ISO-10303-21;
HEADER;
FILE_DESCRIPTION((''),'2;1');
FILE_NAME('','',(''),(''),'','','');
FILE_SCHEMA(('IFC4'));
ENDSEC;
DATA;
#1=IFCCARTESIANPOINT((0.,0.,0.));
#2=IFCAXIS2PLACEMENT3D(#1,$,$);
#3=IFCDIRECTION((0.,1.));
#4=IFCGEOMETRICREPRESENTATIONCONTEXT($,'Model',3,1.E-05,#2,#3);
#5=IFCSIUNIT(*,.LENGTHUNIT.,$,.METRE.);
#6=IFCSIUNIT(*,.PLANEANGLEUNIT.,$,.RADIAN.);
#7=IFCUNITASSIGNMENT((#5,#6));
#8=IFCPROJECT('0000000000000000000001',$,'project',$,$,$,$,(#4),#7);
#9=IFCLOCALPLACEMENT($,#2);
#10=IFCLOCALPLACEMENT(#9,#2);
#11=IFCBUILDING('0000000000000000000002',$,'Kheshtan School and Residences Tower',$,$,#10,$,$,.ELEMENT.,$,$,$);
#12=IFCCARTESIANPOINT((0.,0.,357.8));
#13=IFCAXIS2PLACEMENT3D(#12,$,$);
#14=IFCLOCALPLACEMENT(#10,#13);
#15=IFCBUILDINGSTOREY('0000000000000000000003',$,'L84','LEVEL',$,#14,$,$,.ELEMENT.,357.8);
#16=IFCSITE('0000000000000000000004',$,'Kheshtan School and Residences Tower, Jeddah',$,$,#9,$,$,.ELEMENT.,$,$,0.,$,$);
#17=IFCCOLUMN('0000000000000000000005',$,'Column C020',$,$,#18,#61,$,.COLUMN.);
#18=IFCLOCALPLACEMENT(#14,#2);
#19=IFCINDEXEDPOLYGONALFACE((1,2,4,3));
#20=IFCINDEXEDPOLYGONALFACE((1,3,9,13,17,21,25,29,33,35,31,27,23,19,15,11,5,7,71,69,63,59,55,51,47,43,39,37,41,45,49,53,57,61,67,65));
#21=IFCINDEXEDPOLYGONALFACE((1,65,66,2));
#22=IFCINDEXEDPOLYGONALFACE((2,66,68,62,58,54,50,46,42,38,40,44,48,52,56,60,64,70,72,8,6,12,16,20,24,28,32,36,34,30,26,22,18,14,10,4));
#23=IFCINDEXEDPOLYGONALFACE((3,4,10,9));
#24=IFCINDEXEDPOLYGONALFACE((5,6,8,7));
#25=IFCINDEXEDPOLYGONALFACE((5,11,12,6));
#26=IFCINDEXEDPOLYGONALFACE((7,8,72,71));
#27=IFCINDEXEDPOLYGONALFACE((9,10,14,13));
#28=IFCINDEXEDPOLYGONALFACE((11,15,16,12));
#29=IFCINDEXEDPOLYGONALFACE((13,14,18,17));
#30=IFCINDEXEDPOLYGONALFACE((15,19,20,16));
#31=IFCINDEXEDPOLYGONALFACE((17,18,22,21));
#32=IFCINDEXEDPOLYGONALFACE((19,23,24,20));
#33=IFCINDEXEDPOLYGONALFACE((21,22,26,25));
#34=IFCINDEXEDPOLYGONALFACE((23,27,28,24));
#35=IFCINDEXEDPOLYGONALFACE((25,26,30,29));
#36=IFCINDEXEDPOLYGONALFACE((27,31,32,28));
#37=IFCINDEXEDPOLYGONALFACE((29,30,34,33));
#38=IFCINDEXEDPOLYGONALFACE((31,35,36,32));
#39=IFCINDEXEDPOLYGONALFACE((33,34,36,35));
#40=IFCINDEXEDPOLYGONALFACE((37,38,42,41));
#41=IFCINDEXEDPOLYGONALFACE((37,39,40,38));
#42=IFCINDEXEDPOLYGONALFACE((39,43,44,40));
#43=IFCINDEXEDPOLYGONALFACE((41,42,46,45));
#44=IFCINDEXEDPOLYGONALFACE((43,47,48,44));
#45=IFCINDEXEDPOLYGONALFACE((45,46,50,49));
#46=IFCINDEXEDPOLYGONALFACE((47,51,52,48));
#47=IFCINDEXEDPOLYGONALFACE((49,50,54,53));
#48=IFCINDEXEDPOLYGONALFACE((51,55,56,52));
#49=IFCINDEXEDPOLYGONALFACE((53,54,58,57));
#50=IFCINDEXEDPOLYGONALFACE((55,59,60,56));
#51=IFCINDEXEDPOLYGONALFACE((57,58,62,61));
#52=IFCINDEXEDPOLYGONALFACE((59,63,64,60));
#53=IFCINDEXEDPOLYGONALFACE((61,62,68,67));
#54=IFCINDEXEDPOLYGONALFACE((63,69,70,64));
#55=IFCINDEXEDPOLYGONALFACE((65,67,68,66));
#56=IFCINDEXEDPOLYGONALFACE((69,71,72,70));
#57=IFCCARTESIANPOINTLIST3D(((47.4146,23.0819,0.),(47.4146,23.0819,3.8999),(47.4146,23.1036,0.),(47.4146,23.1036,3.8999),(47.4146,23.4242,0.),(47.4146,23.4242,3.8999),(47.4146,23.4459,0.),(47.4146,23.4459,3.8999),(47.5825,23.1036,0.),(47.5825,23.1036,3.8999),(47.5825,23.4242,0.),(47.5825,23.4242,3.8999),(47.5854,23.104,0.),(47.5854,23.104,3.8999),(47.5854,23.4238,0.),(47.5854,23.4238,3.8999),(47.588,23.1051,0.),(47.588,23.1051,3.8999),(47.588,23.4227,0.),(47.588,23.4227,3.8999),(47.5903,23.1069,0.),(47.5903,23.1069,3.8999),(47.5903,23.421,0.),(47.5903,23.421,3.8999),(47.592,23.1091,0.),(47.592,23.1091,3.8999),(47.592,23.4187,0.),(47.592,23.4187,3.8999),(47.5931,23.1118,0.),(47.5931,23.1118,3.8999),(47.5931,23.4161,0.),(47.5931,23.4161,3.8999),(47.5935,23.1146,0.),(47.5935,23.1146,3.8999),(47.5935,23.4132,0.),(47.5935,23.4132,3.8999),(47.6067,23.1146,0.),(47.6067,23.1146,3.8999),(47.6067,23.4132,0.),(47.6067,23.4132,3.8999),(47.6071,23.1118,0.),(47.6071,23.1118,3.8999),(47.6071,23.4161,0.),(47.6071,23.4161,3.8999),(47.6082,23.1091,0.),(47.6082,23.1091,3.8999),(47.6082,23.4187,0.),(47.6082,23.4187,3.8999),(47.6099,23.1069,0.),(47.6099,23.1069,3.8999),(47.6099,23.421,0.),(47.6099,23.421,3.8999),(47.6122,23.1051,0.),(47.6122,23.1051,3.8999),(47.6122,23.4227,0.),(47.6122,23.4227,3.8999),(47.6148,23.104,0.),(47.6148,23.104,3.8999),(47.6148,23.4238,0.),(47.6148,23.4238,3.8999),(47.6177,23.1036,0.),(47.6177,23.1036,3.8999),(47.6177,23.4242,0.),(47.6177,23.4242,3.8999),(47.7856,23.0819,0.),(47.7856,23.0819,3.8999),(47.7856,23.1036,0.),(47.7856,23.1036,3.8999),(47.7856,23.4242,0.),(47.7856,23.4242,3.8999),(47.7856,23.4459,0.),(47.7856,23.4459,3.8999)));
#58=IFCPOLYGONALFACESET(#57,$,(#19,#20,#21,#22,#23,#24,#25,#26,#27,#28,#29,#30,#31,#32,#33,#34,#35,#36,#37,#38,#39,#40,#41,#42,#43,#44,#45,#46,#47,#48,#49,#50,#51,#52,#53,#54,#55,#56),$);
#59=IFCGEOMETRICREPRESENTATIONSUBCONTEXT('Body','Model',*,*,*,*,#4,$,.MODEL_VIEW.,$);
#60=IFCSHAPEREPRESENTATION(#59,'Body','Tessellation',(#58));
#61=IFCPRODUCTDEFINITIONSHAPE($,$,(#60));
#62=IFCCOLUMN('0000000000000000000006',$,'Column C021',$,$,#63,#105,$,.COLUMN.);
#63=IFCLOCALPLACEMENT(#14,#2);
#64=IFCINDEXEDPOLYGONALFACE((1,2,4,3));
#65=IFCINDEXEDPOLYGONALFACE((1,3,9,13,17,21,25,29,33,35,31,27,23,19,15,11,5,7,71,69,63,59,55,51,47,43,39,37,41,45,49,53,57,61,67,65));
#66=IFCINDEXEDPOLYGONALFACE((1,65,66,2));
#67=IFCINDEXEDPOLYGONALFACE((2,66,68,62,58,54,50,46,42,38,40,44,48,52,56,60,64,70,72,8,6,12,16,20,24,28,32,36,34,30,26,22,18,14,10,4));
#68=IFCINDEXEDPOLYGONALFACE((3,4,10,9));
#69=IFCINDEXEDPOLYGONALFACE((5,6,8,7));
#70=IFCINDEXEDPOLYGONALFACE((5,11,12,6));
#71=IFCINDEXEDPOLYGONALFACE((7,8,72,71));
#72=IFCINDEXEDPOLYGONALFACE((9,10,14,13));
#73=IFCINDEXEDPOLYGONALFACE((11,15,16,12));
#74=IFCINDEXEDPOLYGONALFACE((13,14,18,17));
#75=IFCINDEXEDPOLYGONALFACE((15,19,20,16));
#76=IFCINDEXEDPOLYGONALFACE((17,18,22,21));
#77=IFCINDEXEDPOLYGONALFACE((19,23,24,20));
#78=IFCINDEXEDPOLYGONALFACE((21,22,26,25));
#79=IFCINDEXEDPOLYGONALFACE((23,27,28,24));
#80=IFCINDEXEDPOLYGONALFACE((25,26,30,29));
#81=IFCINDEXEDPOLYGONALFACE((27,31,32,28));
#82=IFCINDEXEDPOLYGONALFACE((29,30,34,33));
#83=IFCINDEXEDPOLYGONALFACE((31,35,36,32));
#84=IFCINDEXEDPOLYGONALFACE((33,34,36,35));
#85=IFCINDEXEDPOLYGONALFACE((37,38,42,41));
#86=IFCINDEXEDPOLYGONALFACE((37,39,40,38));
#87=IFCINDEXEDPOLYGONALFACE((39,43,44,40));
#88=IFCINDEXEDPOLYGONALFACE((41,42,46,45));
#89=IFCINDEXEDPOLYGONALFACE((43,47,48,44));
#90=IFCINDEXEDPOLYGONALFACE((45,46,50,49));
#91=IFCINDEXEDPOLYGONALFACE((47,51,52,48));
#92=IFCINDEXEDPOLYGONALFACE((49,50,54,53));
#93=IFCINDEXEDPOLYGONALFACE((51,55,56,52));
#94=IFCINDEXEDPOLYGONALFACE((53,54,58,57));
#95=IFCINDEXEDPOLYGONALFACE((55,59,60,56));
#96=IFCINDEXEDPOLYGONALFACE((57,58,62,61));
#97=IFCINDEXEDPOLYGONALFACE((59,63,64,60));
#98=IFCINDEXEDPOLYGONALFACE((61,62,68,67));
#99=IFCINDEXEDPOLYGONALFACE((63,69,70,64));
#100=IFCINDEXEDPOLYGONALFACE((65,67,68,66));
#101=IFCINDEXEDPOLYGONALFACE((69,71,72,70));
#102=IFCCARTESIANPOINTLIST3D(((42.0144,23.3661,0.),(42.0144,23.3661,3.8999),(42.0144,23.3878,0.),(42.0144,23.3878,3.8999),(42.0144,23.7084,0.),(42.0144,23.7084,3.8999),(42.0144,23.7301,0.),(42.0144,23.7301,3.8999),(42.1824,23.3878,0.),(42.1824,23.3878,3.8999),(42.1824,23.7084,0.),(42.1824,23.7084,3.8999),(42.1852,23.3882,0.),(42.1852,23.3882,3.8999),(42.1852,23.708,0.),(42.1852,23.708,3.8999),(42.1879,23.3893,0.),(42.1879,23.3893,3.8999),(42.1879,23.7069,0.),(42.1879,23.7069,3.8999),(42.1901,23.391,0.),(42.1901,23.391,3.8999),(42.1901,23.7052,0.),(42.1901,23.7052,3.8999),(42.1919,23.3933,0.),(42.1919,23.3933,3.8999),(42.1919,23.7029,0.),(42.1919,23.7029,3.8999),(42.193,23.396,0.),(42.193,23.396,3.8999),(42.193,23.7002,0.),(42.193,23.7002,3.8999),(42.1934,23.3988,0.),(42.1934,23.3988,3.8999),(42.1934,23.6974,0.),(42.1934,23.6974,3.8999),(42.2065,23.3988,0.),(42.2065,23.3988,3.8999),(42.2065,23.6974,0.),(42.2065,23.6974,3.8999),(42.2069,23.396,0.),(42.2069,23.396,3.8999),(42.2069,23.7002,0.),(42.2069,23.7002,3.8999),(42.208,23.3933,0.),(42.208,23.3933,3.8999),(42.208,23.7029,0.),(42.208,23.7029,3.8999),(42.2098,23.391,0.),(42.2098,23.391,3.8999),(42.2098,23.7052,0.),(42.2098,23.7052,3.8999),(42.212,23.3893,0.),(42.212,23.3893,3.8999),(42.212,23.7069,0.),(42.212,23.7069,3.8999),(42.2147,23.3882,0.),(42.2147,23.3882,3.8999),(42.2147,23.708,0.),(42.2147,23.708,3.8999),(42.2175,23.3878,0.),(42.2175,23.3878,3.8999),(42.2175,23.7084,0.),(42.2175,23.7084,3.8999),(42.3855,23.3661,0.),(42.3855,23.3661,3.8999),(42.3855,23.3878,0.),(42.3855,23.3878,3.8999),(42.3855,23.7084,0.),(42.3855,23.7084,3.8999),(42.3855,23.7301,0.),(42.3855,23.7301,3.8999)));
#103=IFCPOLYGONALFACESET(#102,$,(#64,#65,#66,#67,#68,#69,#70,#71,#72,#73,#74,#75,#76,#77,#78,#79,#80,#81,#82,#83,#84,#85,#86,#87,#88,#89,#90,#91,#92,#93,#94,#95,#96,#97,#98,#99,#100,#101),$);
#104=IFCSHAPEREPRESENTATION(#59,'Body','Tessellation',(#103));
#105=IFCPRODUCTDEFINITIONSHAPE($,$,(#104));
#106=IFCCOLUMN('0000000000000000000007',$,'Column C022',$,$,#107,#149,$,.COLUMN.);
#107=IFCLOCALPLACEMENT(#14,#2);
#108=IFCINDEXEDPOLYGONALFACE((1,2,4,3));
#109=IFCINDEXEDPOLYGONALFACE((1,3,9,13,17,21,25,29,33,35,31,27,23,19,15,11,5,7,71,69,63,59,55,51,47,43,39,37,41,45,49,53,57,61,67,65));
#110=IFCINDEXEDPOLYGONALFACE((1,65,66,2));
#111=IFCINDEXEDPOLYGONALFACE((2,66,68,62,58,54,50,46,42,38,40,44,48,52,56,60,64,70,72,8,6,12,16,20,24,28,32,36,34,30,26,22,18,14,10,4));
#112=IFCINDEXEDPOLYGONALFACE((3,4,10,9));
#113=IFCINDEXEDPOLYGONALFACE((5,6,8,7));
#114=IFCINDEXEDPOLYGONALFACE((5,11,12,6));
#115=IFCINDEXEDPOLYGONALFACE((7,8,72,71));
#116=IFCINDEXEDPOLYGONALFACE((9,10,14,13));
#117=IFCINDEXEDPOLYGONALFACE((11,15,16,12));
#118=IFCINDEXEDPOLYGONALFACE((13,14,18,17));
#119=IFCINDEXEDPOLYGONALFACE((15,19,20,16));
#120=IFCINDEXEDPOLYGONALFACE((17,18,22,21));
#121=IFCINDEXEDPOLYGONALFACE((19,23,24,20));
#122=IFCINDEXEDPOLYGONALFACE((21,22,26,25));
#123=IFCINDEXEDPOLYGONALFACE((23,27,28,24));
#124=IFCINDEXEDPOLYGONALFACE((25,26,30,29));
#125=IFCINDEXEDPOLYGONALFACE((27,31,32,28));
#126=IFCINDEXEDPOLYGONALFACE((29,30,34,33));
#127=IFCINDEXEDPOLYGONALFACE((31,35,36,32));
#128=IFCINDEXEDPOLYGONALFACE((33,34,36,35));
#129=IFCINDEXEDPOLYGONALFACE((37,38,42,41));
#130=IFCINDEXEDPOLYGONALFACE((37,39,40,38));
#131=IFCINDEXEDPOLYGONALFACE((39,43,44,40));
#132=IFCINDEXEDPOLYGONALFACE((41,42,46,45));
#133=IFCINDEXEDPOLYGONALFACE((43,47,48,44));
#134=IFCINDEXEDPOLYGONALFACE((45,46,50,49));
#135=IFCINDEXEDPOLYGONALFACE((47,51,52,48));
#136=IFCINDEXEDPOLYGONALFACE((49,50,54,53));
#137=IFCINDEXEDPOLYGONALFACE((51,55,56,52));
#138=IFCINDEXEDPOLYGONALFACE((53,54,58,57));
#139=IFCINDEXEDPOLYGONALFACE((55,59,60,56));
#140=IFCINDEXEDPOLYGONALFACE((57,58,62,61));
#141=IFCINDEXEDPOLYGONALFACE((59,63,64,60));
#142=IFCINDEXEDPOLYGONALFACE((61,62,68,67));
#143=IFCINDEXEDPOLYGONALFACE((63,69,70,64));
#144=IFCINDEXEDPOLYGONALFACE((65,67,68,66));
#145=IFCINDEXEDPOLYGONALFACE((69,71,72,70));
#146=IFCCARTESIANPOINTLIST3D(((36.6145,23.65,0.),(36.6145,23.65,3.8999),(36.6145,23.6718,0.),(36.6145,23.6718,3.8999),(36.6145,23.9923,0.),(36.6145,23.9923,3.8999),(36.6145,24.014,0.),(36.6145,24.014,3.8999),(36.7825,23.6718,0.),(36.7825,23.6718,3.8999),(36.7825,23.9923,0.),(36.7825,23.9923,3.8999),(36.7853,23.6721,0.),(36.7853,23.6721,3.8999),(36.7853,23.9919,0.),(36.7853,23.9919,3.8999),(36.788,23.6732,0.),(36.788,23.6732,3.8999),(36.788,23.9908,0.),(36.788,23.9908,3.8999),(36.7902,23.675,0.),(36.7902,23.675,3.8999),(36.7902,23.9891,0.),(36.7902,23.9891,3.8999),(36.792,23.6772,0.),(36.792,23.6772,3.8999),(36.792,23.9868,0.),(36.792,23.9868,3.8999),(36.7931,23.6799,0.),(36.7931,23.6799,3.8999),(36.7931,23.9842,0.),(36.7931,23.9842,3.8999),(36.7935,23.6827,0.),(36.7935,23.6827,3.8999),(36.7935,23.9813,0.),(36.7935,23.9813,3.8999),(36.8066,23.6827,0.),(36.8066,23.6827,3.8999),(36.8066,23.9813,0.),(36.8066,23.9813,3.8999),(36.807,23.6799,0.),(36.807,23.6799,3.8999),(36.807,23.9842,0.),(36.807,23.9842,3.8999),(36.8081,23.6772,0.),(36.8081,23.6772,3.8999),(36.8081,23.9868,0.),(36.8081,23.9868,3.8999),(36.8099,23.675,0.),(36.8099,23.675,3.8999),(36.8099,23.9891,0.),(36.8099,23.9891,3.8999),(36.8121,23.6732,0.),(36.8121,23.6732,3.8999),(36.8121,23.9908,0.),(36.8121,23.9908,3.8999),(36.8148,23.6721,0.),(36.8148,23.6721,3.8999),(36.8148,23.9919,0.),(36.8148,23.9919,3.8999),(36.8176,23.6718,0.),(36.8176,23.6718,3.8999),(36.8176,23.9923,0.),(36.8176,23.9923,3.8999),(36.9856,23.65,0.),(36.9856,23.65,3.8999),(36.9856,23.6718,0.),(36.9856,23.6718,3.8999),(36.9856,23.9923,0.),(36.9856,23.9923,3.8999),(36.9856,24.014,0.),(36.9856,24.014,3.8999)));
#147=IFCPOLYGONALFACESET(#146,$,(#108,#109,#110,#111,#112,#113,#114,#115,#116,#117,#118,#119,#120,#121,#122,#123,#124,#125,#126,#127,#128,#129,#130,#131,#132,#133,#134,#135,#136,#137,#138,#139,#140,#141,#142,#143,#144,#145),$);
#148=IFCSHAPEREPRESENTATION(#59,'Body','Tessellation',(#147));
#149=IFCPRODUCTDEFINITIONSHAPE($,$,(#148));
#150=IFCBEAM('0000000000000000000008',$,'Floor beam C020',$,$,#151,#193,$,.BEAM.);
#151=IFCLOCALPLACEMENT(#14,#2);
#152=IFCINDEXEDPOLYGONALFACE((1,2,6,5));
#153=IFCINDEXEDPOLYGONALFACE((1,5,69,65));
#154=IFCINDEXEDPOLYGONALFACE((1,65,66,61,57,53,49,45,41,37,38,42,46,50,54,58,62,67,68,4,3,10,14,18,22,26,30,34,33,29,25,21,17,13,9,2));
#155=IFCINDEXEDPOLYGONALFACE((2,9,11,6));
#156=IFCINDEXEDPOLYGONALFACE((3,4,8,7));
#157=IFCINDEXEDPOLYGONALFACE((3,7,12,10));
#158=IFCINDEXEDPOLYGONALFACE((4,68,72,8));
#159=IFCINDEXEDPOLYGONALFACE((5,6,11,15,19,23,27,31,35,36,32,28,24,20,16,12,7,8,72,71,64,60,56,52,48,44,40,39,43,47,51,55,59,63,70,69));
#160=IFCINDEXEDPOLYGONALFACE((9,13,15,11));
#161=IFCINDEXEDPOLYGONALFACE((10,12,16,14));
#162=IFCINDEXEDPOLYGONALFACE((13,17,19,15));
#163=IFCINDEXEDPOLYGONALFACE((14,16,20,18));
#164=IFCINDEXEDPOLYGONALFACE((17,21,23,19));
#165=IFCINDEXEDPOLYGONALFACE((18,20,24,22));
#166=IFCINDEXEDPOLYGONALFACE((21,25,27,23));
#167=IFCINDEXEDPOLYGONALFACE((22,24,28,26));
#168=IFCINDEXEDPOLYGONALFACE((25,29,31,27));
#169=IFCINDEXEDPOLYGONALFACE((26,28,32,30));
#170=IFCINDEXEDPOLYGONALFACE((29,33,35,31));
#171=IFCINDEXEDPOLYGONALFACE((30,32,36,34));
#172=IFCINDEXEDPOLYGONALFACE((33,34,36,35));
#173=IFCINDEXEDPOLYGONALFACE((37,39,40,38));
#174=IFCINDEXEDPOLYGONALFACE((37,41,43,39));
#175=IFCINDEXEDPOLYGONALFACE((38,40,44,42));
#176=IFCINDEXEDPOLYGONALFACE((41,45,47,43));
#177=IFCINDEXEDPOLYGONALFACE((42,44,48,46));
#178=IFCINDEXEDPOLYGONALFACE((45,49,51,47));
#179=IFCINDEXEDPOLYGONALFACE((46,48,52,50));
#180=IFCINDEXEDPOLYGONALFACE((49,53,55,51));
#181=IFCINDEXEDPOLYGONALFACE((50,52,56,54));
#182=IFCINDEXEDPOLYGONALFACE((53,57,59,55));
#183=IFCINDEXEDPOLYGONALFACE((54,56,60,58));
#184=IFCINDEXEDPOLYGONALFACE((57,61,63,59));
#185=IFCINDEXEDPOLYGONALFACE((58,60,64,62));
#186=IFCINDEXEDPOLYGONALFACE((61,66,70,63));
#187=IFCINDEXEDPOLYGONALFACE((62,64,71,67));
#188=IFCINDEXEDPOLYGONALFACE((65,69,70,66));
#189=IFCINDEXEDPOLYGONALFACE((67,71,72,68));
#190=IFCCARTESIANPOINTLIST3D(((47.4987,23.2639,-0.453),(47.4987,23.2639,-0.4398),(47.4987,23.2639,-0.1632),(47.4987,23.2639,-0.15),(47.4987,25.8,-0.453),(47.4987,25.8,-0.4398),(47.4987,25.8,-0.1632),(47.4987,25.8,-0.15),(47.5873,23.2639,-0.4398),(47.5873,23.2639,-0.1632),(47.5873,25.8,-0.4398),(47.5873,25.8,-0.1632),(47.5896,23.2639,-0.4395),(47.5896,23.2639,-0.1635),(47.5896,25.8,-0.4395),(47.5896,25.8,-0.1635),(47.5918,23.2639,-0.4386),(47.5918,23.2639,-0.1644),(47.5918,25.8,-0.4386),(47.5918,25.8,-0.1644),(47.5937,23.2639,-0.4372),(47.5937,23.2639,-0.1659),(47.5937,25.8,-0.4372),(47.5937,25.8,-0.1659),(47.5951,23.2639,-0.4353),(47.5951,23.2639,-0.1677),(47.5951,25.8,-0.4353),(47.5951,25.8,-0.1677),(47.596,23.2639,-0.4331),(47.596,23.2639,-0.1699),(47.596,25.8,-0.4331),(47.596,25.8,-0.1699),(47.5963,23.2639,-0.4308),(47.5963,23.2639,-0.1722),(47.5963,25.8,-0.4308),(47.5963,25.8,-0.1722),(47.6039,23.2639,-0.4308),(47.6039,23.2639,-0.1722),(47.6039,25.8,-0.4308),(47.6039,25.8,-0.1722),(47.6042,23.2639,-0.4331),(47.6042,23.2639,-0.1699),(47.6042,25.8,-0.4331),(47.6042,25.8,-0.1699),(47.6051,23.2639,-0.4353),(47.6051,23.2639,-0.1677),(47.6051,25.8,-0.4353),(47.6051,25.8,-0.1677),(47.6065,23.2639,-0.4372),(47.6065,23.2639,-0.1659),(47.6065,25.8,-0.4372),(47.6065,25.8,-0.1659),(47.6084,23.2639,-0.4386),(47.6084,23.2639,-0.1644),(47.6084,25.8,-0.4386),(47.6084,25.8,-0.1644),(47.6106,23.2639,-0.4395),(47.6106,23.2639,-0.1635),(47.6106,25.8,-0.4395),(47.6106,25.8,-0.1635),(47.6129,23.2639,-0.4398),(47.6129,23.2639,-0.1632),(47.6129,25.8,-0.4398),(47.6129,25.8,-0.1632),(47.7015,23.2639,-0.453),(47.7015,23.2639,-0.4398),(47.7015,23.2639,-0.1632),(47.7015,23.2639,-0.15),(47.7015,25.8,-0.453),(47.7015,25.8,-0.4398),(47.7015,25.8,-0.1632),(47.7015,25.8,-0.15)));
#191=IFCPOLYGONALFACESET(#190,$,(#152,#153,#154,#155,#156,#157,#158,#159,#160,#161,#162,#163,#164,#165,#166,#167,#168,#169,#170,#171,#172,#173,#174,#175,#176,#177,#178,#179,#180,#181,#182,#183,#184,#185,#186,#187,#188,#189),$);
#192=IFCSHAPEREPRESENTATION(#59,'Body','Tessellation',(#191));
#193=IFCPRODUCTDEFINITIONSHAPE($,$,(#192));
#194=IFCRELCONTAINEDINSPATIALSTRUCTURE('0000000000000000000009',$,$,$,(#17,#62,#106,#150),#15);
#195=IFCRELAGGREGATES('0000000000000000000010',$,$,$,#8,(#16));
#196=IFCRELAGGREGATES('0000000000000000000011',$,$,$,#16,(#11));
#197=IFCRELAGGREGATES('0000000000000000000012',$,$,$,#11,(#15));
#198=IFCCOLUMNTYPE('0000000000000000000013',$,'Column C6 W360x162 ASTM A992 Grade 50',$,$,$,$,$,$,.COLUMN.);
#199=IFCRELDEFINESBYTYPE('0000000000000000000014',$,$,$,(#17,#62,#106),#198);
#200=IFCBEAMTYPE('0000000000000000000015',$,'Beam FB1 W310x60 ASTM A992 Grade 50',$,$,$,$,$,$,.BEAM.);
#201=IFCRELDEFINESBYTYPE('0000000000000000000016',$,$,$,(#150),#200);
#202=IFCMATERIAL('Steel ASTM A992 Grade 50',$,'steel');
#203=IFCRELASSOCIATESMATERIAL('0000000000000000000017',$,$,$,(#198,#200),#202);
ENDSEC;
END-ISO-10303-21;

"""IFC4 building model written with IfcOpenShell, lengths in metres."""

from ifc_helpers import new_model, si_unit, direction, frame, origin, origin_2d, place, context, subcontext, project, spatial, i_section, extrude, material, material_profile, profile_set, type_object, element, save


model = new_model("IFC4")

# Units and contexts
model_context = context("Model", 3, precision=1e-05, world=origin(), true_north=direction((0.0, 1.0)))
body_context = subcontext(model_context, "Body", "Model", "MODEL_VIEW")
ifc_project = project(units=[si_unit("LENGTHUNIT", "METRE"), si_unit("PLANEANGLEUNIT", "RADIAN")], contexts=[model_context])

# Site, building, storey
site_placement = place(None, origin())
site = spatial("IfcSite", under=ifc_project, at=site_placement, Name="Kheshtan School and Residences Tower, Jeddah", CompositionType="ELEMENT", RefElevation=0.0)
building_placement = place(site_placement, origin())
building = spatial("IfcBuilding", under=site, at=building_placement, Name="Kheshtan School and Residences Tower", CompositionType="ELEMENT")
storey_placement = place(building_placement, frame((0.0, 0.0, 357.8)))
storey = spatial("IfcBuildingStorey", under=building, at=storey_placement, Name="L84", Description="LEVEL", CompositionType="ELEMENT", Elevation=357.8)

# Columns
ifc_material_1 = material(Name="Steel ASTM A992 Grade 50", Category="steel")
ifc_material_profile_1 = material_profile(ifc_material_1, i_section(OverallWidth=0.3711, OverallDepth=0.364, WebThickness=0.0132, FlangeThickness=0.0217, FilletRadius=0.011, at=origin_2d()), Name="W360x162")
ifc_profile_set_1 = profile_set([ifc_material_profile_1], Name="Steel ASTM A992 Grade 50")
column_type = type_object("IfcColumnType", Name="Column C6 W360x162 ASTM A992 Grade 50", PredefinedType="COLUMN", material=ifc_profile_set_1)
for number, where, z_axis, x_axis, name in (
    (1, (47.6001, 23.2639, 0.0), (0.0, 0.0, 1.0), (1.0, 0.0, 0.0), "Column C020"),
    (2, (42.2, 23.5481, 0.0), (0.0, 0.0, 1.0), (1.0, 0.0, 0.0), "Column C021"),
    (3, (36.8, 23.832, 0.0), (0.0, 0.0, 1.0), (1.0, 0.0, 0.0), "Column C022"),
):
    element("IfcColumn", number, at=place(storey_placement, frame(where, z_axis=z_axis, x_axis=x_axis)), inside=storey, type_object=column_type, Name=name, PredefinedType="COLUMN", context=body_context, shape_type="SweptSolid", body=[
        extrude(i_section(OverallWidth=0.3711, OverallDepth=0.364, WebThickness=0.0132, FlangeThickness=0.0217, FilletRadius=0.011, at=origin_2d()), origin(), (0.0, 0.0, 1.0), 3.8999),
    ])

# Beam
ifc_material_profile_2 = material_profile(ifc_material_1, i_section(OverallWidth=0.2029, OverallDepth=0.303, WebThickness=0.0076, FlangeThickness=0.0132, FilletRadius=0.009, at=origin_2d()), Name="W310x60")
ifc_profile_set_2 = profile_set([ifc_material_profile_2], Name="Steel ASTM A992 Grade 50")
beam_type_1 = type_object("IfcBeamType", Name="Beam FB1 W310x60 ASTM A992 Grade 50", PredefinedType="BEAM", material=ifc_profile_set_2)
beam_1_placement = place(storey_placement, frame((47.6001, 23.2639, -0.3015), z_axis=(0.0, 1.0, 0.0), x_axis=(-1.0, 0.0, 0.0)))
element("IfcBeam", 4, at=beam_1_placement, inside=storey, type_object=beam_type_1, Name="Floor beam C020", PredefinedType="BEAM", context=body_context, shape_type="SweptSolid", body=[
    extrude(i_section(OverallWidth=0.2029, OverallDepth=0.303, WebThickness=0.0076, FlangeThickness=0.0132, FilletRadius=0.009, at=origin_2d()), origin(), (0.0, 0.0, 1.0), 2.5361),
])

save(model, "model.ifc")
